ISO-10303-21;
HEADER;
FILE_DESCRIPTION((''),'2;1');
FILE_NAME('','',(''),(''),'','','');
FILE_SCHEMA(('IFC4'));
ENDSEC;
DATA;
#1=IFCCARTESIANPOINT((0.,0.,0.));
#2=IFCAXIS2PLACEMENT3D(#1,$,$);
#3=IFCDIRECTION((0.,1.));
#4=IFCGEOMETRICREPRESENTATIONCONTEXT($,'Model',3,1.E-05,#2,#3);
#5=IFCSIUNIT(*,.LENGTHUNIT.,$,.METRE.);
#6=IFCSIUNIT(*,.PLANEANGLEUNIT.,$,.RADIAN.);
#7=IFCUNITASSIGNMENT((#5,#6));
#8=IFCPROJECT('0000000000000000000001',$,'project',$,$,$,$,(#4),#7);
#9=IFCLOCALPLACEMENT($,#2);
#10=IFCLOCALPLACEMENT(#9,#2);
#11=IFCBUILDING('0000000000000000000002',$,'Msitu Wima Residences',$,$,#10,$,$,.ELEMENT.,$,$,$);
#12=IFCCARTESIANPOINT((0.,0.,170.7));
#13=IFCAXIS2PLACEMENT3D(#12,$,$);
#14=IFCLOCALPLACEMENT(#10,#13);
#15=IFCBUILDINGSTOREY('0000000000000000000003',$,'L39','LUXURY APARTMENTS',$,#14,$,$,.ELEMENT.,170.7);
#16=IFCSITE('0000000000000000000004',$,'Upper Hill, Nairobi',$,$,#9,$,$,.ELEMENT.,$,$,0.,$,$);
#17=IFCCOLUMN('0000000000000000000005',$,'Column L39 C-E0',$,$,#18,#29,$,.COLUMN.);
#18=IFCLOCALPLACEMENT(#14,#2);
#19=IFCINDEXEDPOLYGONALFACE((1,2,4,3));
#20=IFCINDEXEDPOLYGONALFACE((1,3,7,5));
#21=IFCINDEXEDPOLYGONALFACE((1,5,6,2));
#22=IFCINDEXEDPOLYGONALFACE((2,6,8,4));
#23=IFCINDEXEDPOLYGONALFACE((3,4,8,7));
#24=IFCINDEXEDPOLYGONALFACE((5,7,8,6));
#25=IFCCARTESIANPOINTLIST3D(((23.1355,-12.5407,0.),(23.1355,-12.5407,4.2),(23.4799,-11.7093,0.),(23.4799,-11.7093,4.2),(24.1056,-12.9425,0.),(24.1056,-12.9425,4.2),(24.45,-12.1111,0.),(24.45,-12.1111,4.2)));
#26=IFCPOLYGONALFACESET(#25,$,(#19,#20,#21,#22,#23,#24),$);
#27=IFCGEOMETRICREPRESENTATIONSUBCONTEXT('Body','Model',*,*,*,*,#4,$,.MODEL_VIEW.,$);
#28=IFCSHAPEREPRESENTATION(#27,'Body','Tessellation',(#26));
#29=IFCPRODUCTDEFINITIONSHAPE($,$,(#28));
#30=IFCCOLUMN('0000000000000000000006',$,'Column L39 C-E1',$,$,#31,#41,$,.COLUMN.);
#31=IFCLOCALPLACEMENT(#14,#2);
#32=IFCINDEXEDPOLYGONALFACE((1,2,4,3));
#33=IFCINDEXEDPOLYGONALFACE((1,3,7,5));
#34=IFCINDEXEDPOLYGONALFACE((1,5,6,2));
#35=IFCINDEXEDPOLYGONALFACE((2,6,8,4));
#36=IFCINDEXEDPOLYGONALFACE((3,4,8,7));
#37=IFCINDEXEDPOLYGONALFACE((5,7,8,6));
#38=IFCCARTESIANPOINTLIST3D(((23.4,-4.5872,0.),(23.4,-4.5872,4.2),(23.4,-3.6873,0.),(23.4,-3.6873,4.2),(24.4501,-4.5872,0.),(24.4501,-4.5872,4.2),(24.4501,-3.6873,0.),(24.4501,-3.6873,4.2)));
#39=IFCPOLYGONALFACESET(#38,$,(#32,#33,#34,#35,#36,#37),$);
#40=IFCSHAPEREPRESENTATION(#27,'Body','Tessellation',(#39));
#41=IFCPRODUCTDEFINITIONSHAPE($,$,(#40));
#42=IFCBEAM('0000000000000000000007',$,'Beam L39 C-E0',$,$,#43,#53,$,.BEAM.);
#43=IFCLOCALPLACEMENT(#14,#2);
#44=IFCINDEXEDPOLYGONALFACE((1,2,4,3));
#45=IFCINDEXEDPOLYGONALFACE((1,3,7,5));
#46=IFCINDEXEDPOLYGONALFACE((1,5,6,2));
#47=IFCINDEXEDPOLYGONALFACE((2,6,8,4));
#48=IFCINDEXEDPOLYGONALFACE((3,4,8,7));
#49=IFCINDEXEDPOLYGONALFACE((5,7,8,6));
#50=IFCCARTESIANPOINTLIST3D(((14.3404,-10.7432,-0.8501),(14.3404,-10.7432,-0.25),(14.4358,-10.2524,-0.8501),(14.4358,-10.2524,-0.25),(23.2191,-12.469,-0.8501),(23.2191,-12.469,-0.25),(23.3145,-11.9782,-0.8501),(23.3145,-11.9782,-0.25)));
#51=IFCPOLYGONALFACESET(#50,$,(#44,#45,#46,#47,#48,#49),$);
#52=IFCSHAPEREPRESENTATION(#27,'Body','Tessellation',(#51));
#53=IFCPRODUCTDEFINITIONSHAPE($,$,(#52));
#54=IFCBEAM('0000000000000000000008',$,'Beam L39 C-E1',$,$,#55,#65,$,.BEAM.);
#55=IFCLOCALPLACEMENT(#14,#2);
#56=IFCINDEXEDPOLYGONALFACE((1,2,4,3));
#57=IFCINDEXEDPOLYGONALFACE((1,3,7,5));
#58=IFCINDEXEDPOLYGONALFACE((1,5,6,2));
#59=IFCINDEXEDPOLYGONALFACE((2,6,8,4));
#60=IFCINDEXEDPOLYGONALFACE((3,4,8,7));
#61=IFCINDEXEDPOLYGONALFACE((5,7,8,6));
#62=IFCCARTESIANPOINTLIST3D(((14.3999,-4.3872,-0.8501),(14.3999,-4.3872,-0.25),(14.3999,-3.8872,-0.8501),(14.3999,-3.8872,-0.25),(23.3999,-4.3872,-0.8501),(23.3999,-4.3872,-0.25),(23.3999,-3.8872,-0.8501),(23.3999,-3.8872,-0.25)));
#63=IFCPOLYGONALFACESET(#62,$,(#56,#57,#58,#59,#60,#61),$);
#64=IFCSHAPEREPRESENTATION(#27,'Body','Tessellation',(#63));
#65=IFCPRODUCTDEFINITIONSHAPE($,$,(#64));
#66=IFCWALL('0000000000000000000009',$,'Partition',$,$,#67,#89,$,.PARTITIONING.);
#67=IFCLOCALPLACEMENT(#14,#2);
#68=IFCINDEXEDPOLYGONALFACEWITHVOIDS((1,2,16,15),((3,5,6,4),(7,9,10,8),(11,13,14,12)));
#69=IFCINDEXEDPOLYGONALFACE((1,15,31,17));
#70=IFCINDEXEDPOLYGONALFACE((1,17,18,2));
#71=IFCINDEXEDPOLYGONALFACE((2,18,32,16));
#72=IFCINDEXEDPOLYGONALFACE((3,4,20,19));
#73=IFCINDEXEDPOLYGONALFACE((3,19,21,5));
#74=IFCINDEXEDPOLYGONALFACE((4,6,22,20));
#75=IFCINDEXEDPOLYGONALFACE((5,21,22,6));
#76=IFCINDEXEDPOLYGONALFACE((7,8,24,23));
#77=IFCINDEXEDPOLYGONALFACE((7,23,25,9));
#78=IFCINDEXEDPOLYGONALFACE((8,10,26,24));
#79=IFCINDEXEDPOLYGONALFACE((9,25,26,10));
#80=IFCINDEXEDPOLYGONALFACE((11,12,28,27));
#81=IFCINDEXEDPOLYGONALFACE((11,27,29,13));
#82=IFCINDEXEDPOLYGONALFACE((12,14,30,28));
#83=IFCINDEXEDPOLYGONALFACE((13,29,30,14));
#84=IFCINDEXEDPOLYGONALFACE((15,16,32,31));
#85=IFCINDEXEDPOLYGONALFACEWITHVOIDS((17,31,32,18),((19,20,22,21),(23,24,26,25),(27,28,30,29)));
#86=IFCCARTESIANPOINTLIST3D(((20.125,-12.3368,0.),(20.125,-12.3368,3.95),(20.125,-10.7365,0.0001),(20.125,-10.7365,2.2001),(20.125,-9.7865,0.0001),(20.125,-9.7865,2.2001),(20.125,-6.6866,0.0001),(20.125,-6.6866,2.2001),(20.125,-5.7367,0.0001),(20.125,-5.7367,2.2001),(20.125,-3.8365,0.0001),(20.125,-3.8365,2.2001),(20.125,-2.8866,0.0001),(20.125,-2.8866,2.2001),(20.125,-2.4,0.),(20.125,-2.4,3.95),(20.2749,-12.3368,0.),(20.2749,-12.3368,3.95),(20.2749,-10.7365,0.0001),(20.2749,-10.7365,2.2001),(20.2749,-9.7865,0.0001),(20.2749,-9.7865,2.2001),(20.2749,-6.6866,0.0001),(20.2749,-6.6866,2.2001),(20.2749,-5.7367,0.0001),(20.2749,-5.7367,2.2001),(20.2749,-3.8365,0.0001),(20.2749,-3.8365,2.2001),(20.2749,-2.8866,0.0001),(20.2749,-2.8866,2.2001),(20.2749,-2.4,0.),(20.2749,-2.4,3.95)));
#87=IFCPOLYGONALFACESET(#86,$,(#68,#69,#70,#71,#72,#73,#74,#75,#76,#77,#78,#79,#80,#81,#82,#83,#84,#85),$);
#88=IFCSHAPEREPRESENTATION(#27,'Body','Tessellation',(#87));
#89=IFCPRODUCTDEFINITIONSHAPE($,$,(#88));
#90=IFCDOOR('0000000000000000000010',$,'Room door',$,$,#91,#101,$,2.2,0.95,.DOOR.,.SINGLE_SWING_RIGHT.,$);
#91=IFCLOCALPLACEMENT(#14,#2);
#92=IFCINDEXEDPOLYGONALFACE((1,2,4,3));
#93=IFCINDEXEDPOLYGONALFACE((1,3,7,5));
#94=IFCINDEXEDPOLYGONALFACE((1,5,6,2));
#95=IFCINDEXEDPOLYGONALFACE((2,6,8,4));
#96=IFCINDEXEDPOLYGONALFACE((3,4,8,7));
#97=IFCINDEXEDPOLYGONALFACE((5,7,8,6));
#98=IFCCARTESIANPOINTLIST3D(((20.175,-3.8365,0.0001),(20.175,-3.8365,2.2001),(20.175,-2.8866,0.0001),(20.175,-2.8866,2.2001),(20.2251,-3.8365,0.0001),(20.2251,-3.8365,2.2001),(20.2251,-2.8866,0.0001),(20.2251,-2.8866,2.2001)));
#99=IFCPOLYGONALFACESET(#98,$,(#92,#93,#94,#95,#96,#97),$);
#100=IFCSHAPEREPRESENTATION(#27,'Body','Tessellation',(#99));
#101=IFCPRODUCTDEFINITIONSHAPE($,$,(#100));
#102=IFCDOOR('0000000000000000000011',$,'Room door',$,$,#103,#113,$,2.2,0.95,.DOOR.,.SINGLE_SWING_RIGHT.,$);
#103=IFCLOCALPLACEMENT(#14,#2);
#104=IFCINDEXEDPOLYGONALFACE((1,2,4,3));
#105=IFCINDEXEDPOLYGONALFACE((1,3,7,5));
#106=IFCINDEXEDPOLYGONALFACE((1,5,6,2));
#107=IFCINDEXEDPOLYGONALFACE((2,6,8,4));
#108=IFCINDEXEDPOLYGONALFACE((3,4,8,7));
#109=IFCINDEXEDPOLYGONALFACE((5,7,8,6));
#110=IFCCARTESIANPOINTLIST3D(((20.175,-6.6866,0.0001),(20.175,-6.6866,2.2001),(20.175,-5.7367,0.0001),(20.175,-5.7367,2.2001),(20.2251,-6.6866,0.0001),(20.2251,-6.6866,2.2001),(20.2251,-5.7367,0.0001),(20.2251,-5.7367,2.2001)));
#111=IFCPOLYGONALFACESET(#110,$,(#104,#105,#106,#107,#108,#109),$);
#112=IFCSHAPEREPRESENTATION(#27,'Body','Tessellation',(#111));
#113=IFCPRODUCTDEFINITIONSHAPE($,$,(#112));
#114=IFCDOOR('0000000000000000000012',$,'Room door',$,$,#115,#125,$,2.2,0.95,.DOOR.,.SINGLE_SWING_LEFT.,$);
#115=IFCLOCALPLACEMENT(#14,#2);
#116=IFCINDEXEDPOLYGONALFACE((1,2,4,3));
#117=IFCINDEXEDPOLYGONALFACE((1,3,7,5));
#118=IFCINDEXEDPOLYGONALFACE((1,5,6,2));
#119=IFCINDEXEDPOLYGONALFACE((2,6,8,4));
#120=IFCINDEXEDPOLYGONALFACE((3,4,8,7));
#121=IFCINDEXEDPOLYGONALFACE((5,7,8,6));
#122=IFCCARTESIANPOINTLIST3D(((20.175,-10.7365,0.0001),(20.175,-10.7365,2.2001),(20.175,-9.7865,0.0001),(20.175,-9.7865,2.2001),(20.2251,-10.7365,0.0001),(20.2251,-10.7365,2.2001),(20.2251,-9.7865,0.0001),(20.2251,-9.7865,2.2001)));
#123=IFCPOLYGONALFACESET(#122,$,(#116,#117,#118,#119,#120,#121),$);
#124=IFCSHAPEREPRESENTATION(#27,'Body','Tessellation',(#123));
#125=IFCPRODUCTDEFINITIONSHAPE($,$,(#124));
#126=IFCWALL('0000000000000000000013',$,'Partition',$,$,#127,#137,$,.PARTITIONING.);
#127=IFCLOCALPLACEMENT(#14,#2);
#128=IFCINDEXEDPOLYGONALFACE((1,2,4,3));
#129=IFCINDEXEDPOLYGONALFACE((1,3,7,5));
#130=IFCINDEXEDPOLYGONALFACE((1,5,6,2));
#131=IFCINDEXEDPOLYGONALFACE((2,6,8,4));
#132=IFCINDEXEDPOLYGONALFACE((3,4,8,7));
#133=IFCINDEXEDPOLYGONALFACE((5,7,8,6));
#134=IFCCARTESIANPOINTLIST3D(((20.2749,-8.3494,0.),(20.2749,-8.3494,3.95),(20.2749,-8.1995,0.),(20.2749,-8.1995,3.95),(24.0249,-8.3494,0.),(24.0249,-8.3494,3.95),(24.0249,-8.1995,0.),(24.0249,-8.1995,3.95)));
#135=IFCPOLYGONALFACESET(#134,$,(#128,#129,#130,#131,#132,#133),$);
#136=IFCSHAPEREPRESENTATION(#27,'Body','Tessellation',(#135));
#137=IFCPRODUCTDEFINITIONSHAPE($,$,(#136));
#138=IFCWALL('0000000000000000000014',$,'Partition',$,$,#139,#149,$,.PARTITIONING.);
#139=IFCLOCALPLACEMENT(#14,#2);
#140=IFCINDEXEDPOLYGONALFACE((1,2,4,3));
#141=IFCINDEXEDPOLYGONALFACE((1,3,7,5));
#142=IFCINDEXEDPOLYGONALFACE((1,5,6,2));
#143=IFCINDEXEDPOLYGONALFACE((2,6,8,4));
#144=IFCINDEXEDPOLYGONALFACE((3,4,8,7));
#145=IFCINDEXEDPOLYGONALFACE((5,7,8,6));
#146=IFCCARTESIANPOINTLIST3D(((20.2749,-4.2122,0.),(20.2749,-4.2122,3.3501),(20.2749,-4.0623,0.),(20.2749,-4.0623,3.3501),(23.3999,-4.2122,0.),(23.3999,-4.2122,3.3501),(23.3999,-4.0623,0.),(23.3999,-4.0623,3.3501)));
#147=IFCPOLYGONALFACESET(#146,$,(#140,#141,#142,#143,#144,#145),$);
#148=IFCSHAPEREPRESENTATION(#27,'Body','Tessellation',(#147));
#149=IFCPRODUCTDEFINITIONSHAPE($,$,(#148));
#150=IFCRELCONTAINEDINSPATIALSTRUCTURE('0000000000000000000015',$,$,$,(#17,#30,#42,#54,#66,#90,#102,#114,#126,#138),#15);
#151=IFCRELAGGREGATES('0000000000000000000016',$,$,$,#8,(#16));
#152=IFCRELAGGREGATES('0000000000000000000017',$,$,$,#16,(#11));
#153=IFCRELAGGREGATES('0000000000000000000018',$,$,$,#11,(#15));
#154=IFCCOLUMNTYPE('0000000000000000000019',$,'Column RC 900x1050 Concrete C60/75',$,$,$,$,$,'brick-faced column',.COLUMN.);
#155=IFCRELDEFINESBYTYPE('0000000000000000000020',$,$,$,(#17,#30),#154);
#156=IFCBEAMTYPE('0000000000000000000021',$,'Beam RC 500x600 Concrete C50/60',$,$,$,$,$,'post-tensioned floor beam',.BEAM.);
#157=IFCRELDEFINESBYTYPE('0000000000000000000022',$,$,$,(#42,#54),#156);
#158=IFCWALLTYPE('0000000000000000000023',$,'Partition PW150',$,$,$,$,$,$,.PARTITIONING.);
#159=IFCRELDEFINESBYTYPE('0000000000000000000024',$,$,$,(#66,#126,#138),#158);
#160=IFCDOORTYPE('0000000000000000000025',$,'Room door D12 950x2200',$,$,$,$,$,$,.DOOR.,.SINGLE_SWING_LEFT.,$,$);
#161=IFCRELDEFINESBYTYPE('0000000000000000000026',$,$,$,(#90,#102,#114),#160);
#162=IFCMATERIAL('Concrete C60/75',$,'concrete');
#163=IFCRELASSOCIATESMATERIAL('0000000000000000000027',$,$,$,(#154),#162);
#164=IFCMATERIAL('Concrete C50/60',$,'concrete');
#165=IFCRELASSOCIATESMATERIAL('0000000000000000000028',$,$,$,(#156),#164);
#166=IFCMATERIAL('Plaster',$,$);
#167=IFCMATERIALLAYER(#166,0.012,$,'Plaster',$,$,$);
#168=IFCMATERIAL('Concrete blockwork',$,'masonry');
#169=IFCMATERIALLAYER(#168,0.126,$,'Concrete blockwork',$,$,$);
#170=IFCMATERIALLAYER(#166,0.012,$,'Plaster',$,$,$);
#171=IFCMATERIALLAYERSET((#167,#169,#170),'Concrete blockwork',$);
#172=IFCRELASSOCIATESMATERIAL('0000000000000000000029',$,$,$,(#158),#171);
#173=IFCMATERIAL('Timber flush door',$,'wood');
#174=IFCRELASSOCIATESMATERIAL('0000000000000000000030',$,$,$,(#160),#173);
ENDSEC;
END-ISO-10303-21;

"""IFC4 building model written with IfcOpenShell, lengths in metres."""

from ifc_helpers import new_model, si_unit, direction, frame, frame_2d, origin, origin_2d, place, context, subcontext, project, spatial, rectangle, extrude, material, layer, layer_set, material_profile, profile_set, type_object, element, fill, save


model = new_model("IFC4")

# Units and contexts
model_context = context("Model", 3, precision=1e-05, world=origin(), true_north=direction((0.0, 1.0)))
body_context = subcontext(model_context, "Body", "Model", "MODEL_VIEW")
ifc_project = project(units=[si_unit("LENGTHUNIT", "METRE"), si_unit("PLANEANGLEUNIT", "RADIAN")], contexts=[model_context])

# Site, building, storey
site_placement = place(None, origin())
site = spatial("IfcSite", under=ifc_project, at=site_placement, Name="Upper Hill, Nairobi", CompositionType="ELEMENT", RefElevation=0.0)
building_placement = place(site_placement, origin())
building = spatial("IfcBuilding", under=site, at=building_placement, Name="Msitu Wima Residences", CompositionType="ELEMENT")
storey_placement = place(building_placement, frame((0.0, 0.0, 170.7)))
storey = spatial("IfcBuildingStorey", under=building, at=storey_placement, Name="L39", Description="LUXURY APARTMENTS", CompositionType="ELEMENT", Elevation=170.7)

# Columns
ifc_material_1 = material(Name="Concrete C60/75", Category="concrete")
ifc_material_profile_1 = material_profile(ifc_material_1, rectangle(XDim=0.8999, YDim=1.05, at=origin_2d()), Name="RC 900x1050")
ifc_profile_set_1 = profile_set([ifc_material_profile_1], Name="Concrete C60/75")
column_type = type_object("IfcColumnType", Name="Column RC 900x1050 Concrete C60/75", ElementType="brick-faced column", PredefinedType="COLUMN", material=ifc_profile_set_1)
for number, where, z_axis, x_axis, name in (
    (1, (23.7927, -12.3259, 0.0), (0.0, 0.0, 1.0), (0.382683, 0.92388, 0.0), "Column L39 C-E0"),
    (2, (23.925, -4.1372, 0.0), (0.0, 0.0, 1.0), (0.0, 1.0, 0.0), "Column L39 C-E1"),
):
    element("IfcColumn", number, at=place(storey_placement, frame(where, z_axis=z_axis, x_axis=x_axis)), inside=storey, type_object=column_type, Name=name, PredefinedType="COLUMN", context=body_context, shape_type="SweptSolid", body=[
        extrude(rectangle(XDim=0.8999, YDim=1.05, at=origin_2d()), origin(), (0.0, 0.0, 1.0), 4.2),
    ])

# Beams
ifc_material_2 = material(Name="Concrete C50/60", Category="concrete")
ifc_material_profile_2 = material_profile(ifc_material_2, rectangle(XDim=0.5, YDim=0.6001, at=origin_2d()), Name="RC 500x600")
ifc_profile_set_2 = profile_set([ifc_material_profile_2], Name="Concrete C50/60")
beam_type = type_object("IfcBeamType", Name="Beam RC 500x600 Concrete C50/60", ElementType="post-tensioned floor beam", PredefinedType="BEAM", material=ifc_profile_set_2)
beam_1_placement = place(storey_placement, frame((23.2668, -12.2236, -0.55), z_axis=(-0.981627, 0.190808, 0.0), x_axis=(-0.190808, -0.981627, 0.0)))
element("IfcBeam", 3, at=beam_1_placement, inside=storey, type_object=beam_type, Name="Beam L39 C-E0", PredefinedType="BEAM", context=body_context, shape_type="SweptSolid", body=[
    extrude(rectangle(XDim=0.5, YDim=0.6001, at=origin_2d()), origin(), (0.0, 0.0, 1.0), 9.0449),
])
beam_2_placement = place(storey_placement, frame((23.3999, -4.1372, -0.55), z_axis=(-1.0, 0.0, 0.0), x_axis=(0.0, -1.0, 0.0)))
element("IfcBeam", 4, at=beam_2_placement, inside=storey, type_object=beam_type, Name="Beam L39 C-E1", PredefinedType="BEAM", context=body_context, shape_type="SweptSolid", body=[
    extrude(rectangle(XDim=0.5, YDim=0.6001, at=origin_2d()), origin(), (0.0, 0.0, 1.0), 9.0),
])

# Wall, openings, doors
ifc_material_3 = material(Name="Plaster")
ifc_layer_1 = layer(ifc_material_3, 0.012, Name="Plaster")
ifc_material_4 = material(Name="Concrete blockwork", Category="masonry")
ifc_layer_2 = layer(ifc_material_4, 0.126, Name="Concrete blockwork")
ifc_layer_3 = layer(ifc_material_3, 0.012, Name="Plaster")
ifc_layer_set_1 = layer_set([ifc_layer_1, ifc_layer_2, ifc_layer_3], Name="Concrete blockwork")
wall_type_1 = type_object("IfcWallType", Name="Partition PW150", PredefinedType="PARTITIONING", material=ifc_layer_set_1)
wall_1_placement = place(storey_placement, frame((20.2, -12.3367, 0.0), z_axis=(0.0, 0.0, 1.0), x_axis=(0.0, 1.0, 0.0)))
wall_1 = element("IfcWall", 5, at=wall_1_placement, inside=storey, type_object=wall_type_1, Name="Partition", PredefinedType="PARTITIONING", context=body_context, shape_type="SweptSolid", body=[
    extrude(rectangle(XDim=9.9368, YDim=0.1499, at=frame_2d((4.9683, 0.0))), origin(), (0.0, 0.0, 1.0), 3.95),
])
opening_1_placement = place(wall_1_placement, frame((8.5, 0.0, 0.0)))
opening_1 = element("IfcOpeningElement", 6, at=opening_1_placement, cuts=wall_1, PredefinedType="OPENING", context=body_context, shape_type="SweptSolid", body=[
    extrude(rectangle(XDim=0.95, YDim=2.2, at=frame_2d((0.4751, 1.1001))), frame((0.0, 0.085, 0.0), z_axis=(0.0, -1.0, 0.0), x_axis=(1.0, 0.0, 0.0)), (0.0, 0.0, 1.0), 0.1699),
])
opening_2_placement = place(wall_1_placement, frame((5.6499, 0.0, 0.0)))
opening_2 = element("IfcOpeningElement", 7, at=opening_2_placement, cuts=wall_1, PredefinedType="OPENING", context=body_context, shape_type="SweptSolid", body=[
    extrude(rectangle(XDim=0.95, YDim=2.2, at=frame_2d((0.4751, 1.1001))), frame((0.0, 0.085, 0.0), z_axis=(0.0, -1.0, 0.0), x_axis=(1.0, 0.0, 0.0)), (0.0, 0.0, 1.0), 0.1699),
])
opening_3_placement = place(wall_1_placement, frame((1.6001, 0.0, 0.0)))
opening_3 = element("IfcOpeningElement", 8, at=opening_3_placement, cuts=wall_1, PredefinedType="OPENING", context=body_context, shape_type="SweptSolid", body=[
    extrude(rectangle(XDim=0.95, YDim=2.2, at=frame_2d((0.4751, 1.1001))), frame((0.0, 0.085, 0.0), z_axis=(0.0, -1.0, 0.0), x_axis=(1.0, 0.0, 0.0)), (0.0, 0.0, 1.0), 0.1699),
])
ifc_material_5 = material(Name="Timber flush door", Category="wood")
door_type_1 = type_object("IfcDoorType", Name="Room door D12 950x2200", OperationType="SINGLE_SWING_LEFT", PredefinedType="DOOR", material=ifc_material_5)
door_1_placement = place(opening_1_placement, origin())
door_1 = element("IfcDoor", 9, at=door_1_placement, inside=storey, type_object=door_type_1, Name="Room door", OperationType="SINGLE_SWING_RIGHT", OverallHeight=2.2, OverallWidth=0.95, PredefinedType="DOOR", context=body_context, shape_type="SweptSolid", body=[
    extrude(rectangle(XDim=0.95, YDim=2.2, at=frame_2d((0.4751, 1.1001))), frame((0.0, 0.0249, 0.0), z_axis=(0.0, -1.0, 0.0), x_axis=(1.0, 0.0, 0.0)), (0.0, 0.0, 1.0), 0.05),
])
fill(opening_1, door_1)
door_2_placement = place(opening_2_placement, origin())
door_2 = element("IfcDoor", 10, at=door_2_placement, inside=storey, type_object=door_type_1, Name="Room door", OperationType="SINGLE_SWING_RIGHT", OverallHeight=2.2, OverallWidth=0.95, PredefinedType="DOOR", context=body_context, shape_type="SweptSolid", body=[
    extrude(rectangle(XDim=0.95, YDim=2.2, at=frame_2d((0.4751, 1.1001))), frame((0.0, 0.0249, 0.0), z_axis=(0.0, -1.0, 0.0), x_axis=(1.0, 0.0, 0.0)), (0.0, 0.0, 1.0), 0.05),
])
fill(opening_2, door_2)
door_3_placement = place(opening_3_placement, origin())
door_3 = element("IfcDoor", 11, at=door_3_placement, inside=storey, type_object=door_type_1, Name="Room door", OperationType="SINGLE_SWING_LEFT", OverallHeight=2.2, OverallWidth=0.95, PredefinedType="DOOR", context=body_context, shape_type="SweptSolid", body=[
    extrude(rectangle(XDim=0.95, YDim=2.2, at=frame_2d((0.4751, 1.1001))), frame((0.0, 0.0249, 0.0), z_axis=(0.0, -1.0, 0.0), x_axis=(1.0, 0.0, 0.0)), (0.0, 0.0, 1.0), 0.05),
])
fill(opening_3, door_3)

# Walls
wall_2_placement = place(storey_placement, frame((20.2749, -8.2744, 0.0), z_axis=(0.0, 0.0, 1.0), x_axis=(1.0, 0.0, 0.0)))
element("IfcWall", 12, at=wall_2_placement, inside=storey, type_object=wall_type_1, Name="Partition", PredefinedType="PARTITIONING", context=body_context, shape_type="SweptSolid", body=[
    extrude(rectangle(XDim=3.75, YDim=0.1499, at=frame_2d((1.875, 0.0))), origin(), (0.0, 0.0, 1.0), 3.95),
])
wall_3_placement = place(storey_placement, frame((20.2749, -4.1372, 0.0), z_axis=(0.0, 0.0, 1.0), x_axis=(1.0, 0.0, 0.0)))
element("IfcWall", 13, at=wall_3_placement, inside=storey, type_object=wall_type_1, Name="Partition", PredefinedType="PARTITIONING", context=body_context, shape_type="SweptSolid", body=[
    extrude(rectangle(XDim=3.125, YDim=0.1499, at=frame_2d((1.5625, 0.0))), origin(), (0.0, 0.0, 1.0), 3.3501),
])

save(model, "model.ifc")
